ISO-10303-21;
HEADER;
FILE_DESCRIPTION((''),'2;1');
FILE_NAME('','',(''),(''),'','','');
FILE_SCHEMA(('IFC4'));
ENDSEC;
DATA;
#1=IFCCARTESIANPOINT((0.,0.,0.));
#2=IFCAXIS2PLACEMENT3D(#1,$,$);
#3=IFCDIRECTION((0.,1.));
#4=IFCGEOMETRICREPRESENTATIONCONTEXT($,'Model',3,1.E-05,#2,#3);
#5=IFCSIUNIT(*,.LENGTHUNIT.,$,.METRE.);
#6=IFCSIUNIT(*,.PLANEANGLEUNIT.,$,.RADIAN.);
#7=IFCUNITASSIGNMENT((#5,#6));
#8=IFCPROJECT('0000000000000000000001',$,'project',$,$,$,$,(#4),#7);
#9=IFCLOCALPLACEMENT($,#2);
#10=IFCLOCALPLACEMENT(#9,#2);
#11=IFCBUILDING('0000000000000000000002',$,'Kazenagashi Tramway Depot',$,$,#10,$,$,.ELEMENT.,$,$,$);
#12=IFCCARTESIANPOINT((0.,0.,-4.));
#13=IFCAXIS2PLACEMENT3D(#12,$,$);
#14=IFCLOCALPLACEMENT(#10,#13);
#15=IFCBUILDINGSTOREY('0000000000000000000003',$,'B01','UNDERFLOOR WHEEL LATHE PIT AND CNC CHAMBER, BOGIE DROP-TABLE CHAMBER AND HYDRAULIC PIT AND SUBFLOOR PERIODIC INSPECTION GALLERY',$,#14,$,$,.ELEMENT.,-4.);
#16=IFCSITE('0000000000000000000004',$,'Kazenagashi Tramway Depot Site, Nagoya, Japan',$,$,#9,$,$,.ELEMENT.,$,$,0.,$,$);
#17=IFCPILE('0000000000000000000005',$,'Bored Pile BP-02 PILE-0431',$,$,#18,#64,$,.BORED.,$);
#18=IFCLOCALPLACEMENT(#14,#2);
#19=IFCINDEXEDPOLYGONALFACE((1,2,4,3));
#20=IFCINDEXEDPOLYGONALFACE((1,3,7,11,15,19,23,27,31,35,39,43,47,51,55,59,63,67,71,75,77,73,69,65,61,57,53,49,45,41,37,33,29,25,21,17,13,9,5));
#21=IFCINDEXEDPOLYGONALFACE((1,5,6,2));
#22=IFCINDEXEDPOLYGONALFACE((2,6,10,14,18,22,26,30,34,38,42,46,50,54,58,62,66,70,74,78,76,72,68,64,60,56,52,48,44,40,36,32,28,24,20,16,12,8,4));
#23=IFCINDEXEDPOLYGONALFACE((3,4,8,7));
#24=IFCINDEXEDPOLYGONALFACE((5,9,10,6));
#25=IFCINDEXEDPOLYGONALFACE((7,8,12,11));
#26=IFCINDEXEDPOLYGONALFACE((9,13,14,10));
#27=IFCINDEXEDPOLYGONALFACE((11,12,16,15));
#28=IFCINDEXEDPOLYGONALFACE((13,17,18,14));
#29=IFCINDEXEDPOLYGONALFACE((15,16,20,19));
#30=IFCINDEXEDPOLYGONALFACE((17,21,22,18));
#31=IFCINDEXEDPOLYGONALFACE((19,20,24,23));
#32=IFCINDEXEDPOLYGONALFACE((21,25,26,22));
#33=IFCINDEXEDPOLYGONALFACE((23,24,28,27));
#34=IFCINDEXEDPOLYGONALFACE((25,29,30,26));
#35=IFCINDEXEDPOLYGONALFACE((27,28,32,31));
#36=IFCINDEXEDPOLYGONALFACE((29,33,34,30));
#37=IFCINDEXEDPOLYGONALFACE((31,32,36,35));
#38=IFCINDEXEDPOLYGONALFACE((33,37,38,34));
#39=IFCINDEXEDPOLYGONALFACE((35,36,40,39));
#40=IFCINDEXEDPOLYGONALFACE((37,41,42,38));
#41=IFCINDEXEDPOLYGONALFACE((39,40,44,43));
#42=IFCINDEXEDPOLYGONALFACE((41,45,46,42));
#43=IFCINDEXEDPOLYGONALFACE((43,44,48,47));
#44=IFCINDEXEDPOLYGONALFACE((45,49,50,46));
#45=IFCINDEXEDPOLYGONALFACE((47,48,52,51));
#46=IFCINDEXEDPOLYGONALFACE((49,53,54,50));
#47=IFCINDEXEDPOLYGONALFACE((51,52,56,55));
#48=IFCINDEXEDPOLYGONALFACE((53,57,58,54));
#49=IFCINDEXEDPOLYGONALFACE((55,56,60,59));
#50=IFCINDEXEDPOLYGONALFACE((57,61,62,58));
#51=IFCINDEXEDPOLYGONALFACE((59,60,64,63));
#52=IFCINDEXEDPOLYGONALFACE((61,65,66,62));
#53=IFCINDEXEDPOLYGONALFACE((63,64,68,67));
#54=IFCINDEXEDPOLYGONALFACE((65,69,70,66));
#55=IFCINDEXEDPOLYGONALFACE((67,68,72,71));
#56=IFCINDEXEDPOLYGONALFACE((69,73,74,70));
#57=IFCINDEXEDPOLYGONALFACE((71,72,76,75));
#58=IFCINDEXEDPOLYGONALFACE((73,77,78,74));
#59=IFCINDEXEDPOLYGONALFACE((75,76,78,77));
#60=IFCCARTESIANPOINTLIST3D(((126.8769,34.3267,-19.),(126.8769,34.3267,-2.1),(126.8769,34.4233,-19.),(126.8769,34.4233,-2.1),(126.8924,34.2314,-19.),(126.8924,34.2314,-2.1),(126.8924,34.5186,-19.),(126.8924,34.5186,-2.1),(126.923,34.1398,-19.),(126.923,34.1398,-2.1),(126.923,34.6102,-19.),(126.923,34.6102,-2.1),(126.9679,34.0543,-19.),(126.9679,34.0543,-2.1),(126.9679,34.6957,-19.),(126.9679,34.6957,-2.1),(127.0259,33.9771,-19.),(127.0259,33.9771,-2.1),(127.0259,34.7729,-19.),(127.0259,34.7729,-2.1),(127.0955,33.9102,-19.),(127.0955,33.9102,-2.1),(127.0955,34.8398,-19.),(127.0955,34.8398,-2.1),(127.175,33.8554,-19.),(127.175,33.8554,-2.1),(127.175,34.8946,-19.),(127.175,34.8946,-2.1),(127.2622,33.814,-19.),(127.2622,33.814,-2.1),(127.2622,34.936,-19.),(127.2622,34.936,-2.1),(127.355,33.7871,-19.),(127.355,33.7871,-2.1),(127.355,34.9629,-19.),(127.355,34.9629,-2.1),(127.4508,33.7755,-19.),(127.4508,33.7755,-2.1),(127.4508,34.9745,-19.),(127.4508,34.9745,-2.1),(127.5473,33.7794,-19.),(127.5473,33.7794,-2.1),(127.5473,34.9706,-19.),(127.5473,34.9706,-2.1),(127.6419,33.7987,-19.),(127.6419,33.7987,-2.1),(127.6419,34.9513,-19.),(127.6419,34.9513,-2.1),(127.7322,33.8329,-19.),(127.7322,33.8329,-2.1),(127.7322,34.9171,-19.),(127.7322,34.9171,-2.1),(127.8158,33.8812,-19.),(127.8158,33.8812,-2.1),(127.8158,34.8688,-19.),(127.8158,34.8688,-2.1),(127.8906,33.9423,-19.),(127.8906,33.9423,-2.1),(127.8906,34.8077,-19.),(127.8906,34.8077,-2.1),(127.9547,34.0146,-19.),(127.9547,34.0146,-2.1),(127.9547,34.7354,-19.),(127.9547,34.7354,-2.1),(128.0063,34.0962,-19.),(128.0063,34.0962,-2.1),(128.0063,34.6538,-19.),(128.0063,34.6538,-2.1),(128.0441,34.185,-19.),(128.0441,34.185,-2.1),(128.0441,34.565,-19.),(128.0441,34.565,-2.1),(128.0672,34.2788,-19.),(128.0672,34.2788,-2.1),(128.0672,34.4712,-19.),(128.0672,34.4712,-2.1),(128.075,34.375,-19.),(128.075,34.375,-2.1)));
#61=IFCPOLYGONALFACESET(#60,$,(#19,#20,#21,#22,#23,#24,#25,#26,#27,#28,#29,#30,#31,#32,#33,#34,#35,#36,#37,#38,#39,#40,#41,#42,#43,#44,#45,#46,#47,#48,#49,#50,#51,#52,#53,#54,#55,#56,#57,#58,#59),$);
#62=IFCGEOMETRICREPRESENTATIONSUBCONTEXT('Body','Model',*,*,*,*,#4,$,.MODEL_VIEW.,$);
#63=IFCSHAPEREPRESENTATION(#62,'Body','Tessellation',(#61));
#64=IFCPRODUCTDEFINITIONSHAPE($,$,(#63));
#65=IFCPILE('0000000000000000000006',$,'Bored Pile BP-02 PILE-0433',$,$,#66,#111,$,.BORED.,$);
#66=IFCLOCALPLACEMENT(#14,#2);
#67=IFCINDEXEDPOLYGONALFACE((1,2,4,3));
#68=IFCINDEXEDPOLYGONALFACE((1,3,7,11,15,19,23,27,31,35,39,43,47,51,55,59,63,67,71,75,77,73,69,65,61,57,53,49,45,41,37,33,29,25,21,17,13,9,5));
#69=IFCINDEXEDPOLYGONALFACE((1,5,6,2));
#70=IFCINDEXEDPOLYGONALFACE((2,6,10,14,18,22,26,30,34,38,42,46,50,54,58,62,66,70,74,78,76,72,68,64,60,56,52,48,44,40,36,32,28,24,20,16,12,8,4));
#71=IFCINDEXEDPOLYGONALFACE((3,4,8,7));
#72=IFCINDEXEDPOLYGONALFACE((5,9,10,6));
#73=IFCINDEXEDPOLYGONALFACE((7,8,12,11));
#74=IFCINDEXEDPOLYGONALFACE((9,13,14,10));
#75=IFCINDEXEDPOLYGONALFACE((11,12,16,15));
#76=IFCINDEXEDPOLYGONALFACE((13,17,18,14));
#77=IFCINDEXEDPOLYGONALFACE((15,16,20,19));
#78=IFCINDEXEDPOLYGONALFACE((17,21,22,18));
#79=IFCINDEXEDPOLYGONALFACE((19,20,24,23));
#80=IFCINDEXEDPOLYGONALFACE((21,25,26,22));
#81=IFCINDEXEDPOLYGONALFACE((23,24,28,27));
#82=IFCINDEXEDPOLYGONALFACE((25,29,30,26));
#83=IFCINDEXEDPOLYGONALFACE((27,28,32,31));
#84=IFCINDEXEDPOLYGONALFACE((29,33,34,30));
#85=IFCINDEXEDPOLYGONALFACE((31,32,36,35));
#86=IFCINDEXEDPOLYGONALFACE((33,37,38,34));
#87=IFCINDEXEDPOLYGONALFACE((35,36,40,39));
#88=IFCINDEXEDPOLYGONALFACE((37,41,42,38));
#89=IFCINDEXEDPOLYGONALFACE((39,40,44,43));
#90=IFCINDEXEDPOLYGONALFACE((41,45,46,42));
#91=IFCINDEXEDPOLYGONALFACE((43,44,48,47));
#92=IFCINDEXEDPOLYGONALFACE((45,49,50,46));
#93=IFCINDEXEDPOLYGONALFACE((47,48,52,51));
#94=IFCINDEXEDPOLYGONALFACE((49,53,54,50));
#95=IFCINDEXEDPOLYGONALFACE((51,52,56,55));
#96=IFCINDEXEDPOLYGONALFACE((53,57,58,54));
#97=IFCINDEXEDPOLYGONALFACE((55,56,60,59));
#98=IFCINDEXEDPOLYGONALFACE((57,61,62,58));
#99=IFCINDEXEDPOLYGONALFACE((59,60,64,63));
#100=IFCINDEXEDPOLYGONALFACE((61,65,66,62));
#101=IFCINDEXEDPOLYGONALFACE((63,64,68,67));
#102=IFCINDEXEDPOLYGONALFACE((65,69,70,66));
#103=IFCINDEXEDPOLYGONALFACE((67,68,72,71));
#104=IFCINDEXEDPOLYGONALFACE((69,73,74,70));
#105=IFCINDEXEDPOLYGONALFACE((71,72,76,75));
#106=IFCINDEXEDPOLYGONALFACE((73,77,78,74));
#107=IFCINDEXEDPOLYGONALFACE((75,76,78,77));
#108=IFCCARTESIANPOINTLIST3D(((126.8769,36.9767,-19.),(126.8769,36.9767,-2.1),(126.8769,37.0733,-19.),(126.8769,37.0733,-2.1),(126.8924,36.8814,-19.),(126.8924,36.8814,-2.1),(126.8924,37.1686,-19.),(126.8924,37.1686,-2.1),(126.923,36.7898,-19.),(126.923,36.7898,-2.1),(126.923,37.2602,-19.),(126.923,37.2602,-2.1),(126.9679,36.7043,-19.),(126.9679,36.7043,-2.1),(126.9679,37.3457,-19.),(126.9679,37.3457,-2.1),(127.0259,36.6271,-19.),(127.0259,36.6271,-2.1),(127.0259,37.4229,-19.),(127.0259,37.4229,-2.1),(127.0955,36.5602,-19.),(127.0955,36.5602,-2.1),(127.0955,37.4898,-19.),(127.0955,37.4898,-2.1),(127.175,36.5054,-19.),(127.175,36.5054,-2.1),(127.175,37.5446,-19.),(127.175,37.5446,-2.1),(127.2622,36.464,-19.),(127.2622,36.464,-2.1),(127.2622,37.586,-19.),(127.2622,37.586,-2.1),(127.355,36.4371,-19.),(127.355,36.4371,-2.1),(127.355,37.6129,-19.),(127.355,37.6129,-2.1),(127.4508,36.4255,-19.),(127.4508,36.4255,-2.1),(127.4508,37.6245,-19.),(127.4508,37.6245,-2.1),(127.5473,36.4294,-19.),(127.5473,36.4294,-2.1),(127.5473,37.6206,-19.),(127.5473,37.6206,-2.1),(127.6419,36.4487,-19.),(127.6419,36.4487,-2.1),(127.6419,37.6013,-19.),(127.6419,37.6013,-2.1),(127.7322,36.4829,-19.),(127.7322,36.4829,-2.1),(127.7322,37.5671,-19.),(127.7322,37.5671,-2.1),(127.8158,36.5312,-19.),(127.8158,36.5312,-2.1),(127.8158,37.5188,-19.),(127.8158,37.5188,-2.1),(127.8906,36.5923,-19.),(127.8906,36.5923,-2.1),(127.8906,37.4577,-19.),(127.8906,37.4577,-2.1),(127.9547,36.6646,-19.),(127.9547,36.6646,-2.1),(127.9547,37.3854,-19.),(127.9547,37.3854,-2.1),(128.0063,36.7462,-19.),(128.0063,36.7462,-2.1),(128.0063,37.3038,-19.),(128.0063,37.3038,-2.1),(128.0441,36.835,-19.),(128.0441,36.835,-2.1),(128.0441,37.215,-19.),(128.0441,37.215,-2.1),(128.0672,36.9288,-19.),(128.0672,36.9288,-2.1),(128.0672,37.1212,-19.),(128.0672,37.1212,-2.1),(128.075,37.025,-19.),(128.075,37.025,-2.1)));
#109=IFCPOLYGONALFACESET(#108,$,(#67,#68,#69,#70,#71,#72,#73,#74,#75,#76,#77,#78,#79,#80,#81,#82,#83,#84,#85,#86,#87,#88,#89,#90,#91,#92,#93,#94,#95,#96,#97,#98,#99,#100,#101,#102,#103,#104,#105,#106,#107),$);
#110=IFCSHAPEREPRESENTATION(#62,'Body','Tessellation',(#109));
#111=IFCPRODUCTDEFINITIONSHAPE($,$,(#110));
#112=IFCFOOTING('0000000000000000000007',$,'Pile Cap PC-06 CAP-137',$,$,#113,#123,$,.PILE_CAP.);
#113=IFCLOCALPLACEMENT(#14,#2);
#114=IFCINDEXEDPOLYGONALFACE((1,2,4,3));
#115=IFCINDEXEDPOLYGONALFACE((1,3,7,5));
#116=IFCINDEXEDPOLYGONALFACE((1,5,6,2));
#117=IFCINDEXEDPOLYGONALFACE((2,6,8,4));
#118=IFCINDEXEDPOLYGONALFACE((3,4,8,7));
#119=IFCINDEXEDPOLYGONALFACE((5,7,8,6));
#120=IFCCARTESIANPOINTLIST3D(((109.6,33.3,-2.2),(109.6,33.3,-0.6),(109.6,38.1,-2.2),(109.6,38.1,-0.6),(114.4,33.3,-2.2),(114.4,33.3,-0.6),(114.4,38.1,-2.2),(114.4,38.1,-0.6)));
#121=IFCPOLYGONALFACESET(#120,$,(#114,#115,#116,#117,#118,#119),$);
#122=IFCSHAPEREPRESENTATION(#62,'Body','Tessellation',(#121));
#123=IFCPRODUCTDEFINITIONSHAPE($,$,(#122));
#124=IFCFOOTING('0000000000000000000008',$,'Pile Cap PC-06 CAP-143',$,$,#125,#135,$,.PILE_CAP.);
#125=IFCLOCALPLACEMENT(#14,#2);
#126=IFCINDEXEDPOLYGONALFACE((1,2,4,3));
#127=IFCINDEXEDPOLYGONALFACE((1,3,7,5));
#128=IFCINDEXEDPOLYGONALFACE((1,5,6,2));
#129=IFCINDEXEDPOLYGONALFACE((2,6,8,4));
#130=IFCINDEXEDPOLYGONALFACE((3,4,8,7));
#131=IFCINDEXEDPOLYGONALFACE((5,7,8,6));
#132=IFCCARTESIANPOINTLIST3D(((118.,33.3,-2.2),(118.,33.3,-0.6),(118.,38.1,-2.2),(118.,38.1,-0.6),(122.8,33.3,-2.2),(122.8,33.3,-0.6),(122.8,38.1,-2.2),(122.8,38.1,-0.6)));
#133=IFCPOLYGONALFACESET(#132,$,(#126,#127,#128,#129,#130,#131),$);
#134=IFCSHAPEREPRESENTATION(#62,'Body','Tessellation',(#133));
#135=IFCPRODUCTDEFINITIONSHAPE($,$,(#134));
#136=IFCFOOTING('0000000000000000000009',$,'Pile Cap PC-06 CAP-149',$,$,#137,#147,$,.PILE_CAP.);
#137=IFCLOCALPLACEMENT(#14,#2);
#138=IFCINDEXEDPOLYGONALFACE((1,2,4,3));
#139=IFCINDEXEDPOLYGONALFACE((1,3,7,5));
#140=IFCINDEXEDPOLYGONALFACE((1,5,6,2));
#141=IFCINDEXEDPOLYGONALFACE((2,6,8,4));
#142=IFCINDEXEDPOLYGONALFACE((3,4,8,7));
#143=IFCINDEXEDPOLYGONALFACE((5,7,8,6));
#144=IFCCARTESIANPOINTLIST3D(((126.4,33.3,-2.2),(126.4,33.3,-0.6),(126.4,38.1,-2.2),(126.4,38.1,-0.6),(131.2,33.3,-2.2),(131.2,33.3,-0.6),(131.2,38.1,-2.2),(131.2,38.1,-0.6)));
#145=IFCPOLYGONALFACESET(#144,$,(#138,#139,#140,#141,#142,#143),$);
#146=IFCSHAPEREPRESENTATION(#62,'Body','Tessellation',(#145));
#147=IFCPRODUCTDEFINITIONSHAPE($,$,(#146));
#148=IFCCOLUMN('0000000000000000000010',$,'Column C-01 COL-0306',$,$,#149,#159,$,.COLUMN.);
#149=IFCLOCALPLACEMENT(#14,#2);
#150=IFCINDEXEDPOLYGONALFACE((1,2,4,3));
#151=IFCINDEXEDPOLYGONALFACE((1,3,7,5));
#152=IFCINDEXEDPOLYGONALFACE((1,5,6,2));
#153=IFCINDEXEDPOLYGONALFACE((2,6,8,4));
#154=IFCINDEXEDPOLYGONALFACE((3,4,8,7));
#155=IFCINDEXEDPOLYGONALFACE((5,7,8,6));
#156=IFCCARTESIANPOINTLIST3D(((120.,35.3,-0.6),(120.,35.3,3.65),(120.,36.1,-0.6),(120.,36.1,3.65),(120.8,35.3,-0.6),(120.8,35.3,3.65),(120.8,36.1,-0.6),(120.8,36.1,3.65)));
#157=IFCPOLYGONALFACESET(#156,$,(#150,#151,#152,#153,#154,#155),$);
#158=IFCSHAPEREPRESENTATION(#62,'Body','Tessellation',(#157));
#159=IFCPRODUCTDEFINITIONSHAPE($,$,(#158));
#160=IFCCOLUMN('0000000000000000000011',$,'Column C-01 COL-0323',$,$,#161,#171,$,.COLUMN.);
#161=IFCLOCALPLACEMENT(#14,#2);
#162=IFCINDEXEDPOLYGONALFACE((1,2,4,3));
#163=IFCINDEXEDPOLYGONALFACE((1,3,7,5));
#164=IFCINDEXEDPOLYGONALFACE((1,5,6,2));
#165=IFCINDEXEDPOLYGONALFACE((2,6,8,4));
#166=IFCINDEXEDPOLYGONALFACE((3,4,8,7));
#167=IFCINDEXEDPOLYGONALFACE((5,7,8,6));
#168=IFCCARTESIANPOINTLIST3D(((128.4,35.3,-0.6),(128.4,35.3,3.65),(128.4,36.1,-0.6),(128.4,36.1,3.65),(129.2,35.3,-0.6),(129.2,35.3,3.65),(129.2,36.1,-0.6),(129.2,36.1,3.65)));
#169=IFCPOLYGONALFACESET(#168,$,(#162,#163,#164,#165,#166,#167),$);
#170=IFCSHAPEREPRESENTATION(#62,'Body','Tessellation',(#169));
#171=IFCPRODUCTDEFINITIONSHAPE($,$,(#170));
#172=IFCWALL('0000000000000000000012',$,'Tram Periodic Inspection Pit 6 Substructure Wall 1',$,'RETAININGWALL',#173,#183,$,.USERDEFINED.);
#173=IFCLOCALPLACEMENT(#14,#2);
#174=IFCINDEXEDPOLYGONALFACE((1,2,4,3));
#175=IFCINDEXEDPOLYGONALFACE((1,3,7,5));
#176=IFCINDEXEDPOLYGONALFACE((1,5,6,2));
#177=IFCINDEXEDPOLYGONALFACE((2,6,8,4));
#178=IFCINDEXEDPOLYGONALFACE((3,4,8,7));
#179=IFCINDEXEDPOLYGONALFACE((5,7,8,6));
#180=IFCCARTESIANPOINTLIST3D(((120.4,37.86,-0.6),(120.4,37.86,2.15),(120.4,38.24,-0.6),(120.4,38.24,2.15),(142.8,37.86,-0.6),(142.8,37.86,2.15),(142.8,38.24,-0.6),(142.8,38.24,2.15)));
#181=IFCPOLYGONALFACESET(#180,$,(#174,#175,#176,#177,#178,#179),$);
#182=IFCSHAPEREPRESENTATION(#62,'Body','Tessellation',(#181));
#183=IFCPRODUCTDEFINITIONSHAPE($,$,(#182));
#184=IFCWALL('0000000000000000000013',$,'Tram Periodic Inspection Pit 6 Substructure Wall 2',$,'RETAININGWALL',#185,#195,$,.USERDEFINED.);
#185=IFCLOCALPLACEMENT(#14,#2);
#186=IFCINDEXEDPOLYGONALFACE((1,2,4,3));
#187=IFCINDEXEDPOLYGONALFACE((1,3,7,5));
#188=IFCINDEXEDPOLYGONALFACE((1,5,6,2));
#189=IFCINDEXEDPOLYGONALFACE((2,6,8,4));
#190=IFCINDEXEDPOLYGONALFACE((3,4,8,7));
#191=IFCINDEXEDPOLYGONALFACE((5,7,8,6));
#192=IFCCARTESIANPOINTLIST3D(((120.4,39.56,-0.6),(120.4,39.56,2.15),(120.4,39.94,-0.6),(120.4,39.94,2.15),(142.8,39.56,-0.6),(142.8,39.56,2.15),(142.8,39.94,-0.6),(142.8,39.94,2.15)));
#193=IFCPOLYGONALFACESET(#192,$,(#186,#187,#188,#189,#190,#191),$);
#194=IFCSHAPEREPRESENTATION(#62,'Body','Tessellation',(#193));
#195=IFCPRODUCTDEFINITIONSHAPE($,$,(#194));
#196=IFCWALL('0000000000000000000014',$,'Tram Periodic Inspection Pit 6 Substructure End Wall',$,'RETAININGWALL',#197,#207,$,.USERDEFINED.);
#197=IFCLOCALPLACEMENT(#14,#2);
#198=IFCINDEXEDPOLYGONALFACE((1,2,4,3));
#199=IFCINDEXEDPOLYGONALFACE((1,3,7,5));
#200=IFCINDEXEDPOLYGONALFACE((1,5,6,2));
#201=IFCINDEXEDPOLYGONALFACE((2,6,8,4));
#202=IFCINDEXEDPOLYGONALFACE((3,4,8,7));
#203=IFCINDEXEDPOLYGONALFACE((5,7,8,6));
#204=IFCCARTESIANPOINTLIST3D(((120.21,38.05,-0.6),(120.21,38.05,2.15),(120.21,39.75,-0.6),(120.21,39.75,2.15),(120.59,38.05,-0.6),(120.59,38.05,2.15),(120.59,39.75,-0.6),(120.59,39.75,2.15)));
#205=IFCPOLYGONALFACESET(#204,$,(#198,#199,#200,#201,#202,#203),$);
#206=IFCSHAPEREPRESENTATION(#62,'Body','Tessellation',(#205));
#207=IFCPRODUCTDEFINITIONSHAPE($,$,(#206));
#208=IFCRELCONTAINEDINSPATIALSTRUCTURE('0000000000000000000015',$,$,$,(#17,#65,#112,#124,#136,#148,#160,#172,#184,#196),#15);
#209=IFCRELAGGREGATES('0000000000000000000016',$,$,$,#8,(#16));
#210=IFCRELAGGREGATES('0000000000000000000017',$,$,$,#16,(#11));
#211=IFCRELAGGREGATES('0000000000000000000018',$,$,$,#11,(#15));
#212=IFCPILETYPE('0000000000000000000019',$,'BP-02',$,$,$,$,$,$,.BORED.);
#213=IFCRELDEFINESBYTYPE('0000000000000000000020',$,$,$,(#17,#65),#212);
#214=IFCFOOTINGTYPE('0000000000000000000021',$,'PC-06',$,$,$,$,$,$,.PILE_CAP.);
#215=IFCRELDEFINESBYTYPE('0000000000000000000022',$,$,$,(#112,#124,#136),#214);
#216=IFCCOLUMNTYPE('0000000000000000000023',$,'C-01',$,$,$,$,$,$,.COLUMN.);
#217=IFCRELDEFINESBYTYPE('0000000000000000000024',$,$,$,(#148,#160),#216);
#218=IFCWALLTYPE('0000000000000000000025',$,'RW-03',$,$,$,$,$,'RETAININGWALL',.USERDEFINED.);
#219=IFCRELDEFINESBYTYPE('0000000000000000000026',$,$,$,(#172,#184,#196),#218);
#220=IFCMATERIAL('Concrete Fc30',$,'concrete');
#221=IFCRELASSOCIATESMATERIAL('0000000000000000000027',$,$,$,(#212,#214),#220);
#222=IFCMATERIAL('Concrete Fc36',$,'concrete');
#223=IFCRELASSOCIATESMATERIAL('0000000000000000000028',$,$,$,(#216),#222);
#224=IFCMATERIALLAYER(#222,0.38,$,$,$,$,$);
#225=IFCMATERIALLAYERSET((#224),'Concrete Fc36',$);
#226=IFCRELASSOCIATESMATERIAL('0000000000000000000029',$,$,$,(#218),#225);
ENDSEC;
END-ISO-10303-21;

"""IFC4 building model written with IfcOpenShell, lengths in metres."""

from ifc_helpers import new_model, si_unit, direction, frame, frame_2d, origin, origin_2d, place, context, subcontext, project, spatial, rectangle, circle, extrude, material, layer, layer_set, material_profile, profile_set, type_object, element, save


model = new_model("IFC4")

# Units and contexts
model_context = context("Model", 3, precision=1e-05, world=origin(), true_north=direction((0.0, 1.0)))
body_context = subcontext(model_context, "Body", "Model", "MODEL_VIEW")
ifc_project = project(units=[si_unit("LENGTHUNIT", "METRE"), si_unit("PLANEANGLEUNIT", "RADIAN")], contexts=[model_context])

# Site, building, storey
site_placement = place(None, origin())
site = spatial("IfcSite", under=ifc_project, at=site_placement, Name="Kazenagashi Tramway Depot Site, Nagoya, Japan", CompositionType="ELEMENT", RefElevation=0.0)
building_placement = place(site_placement, origin())
building = spatial("IfcBuilding", under=site, at=building_placement, Name="Kazenagashi Tramway Depot", CompositionType="ELEMENT")
storey_placement = place(building_placement, frame((0.0, 0.0, -4.0)))
storey = spatial("IfcBuildingStorey", under=building, at=storey_placement, Name="B01", Description="UNDERFLOOR WHEEL LATHE PIT AND CNC CHAMBER, BOGIE DROP-TABLE CHAMBER AND HYDRAULIC PIT AND SUBFLOOR PERIODIC INSPECTION GALLERY", CompositionType="ELEMENT", Elevation=-4.0)

# Piles
ifc_material_1 = material(Name="Concrete Fc30", Category="concrete")
ifc_material_profile_1 = material_profile(ifc_material_1, circle(Radius=0.6, at=origin_2d()), Name="PILE-1200")
ifc_profile_set_1 = profile_set([ifc_material_profile_1], Name="Concrete Fc30")
pile_type = type_object("IfcPileType", Name="BP-02", PredefinedType="BORED", material=ifc_profile_set_1)
for number, where, z_axis, x_axis, name in (
    (1, (127.475, 34.375, -2.1), (0.0, 0.0, -1.0), (1.0, 0.0, 0.0), "Bored Pile BP-02 PILE-0431"),
    (2, (127.475, 37.025, -2.1), (0.0, 0.0, -1.0), (1.0, 0.0, 0.0), "Bored Pile BP-02 PILE-0433"),
):
    element("IfcPile", number, at=place(storey_placement, frame(where, z_axis=z_axis, x_axis=x_axis)), inside=storey, type_object=pile_type, Name=name, PredefinedType="BORED", context=body_context, shape_type="SweptSolid", body=[
        extrude(circle(Radius=0.6, at=origin_2d()), origin(), (0.0, 0.0, 1.0), 16.9),
    ])

# Footings
footing_type = type_object("IfcFootingType", Name="PC-06", PredefinedType="PILE_CAP", material=ifc_material_1)
for number, where, z_axis, x_axis, name in (
    (3, (112.0, 35.7, -2.2), (0.0, 0.0, 1.0), (1.0, 0.0, 0.0), "Pile Cap PC-06 CAP-137"),
    (4, (120.4, 35.7, -2.2), (0.0, 0.0, 1.0), (1.0, 0.0, 0.0), "Pile Cap PC-06 CAP-143"),
    (5, (128.8, 35.7, -2.2), (0.0, 0.0, 1.0), (1.0, 0.0, 0.0), "Pile Cap PC-06 CAP-149"),
):
    element("IfcFooting", number, at=place(storey_placement, frame(where, z_axis=z_axis, x_axis=x_axis)), inside=storey, type_object=footing_type, Name=name, PredefinedType="PILE_CAP", context=body_context, shape_type="SweptSolid", body=[
        extrude(rectangle(XDim=4.8, YDim=4.8, at=origin_2d()), origin(), (0.0, 0.0, 1.0), 1.6),
    ])

# Columns
ifc_material_2 = material(Name="Concrete Fc36", Category="concrete")
ifc_material_profile_2 = material_profile(ifc_material_2, rectangle(XDim=0.8, YDim=0.8, at=origin_2d()), Name="RC-800x800")
ifc_profile_set_2 = profile_set([ifc_material_profile_2], Name="Concrete Fc36")
column_type = type_object("IfcColumnType", Name="C-01", PredefinedType="COLUMN", material=ifc_profile_set_2)
for number, where, z_axis, x_axis, name in (
    (6, (120.4, 35.7, -0.6), (0.0, 0.0, 1.0), (1.0, 0.0, 0.0), "Column C-01 COL-0306"),
    (7, (128.8, 35.7, -0.6), (0.0, 0.0, 1.0), (1.0, 0.0, 0.0), "Column C-01 COL-0323"),
):
    element("IfcColumn", number, at=place(storey_placement, frame(where, z_axis=z_axis, x_axis=x_axis)), inside=storey, type_object=column_type, Name=name, PredefinedType="COLUMN", context=body_context, shape_type="SweptSolid", body=[
        extrude(rectangle(XDim=0.8, YDim=0.8, at=origin_2d()), origin(), (0.0, 0.0, 1.0), 4.25),
    ])

# Walls
ifc_layer_1 = layer(ifc_material_2, 0.38)
ifc_layer_set_1 = layer_set([ifc_layer_1], Name="Concrete Fc36")
wall_type_1 = type_object("IfcWallType", Name="RW-03", ElementType="RETAININGWALL", PredefinedType="USERDEFINED", material=ifc_layer_set_1)
for number, where, z_axis, x_axis, name in (
    (8, (120.4, 38.05, -0.6), (0.0, 0.0, 1.0), (1.0, 0.0, 0.0), "Tram Periodic Inspection Pit 6 Substructure Wall 1"),
    (9, (120.4, 39.75, -0.6), (0.0, 0.0, 1.0), (1.0, 0.0, 0.0), "Tram Periodic Inspection Pit 6 Substructure Wall 2"),
):
    element("IfcWall", number, at=place(storey_placement, frame(where, z_axis=z_axis, x_axis=x_axis)), inside=storey, type_object=wall_type_1, Name=name, ObjectType="RETAININGWALL", PredefinedType="USERDEFINED", context=body_context, shape_type="SweptSolid", body=[
        extrude(rectangle(XDim=22.4, YDim=0.38, at=frame_2d((11.2, 0.0))), origin(), (0.0, 0.0, 1.0), 2.75),
    ])
wall_1_placement = place(storey_placement, frame((120.4, 38.05, -0.6), z_axis=(0.0, 0.0, 1.0), x_axis=(0.0, 1.0, 0.0)))
element("IfcWall", 10, at=wall_1_placement, inside=storey, type_object=wall_type_1, Name="Tram Periodic Inspection Pit 6 Substructure End Wall", ObjectType="RETAININGWALL", PredefinedType="USERDEFINED", context=body_context, shape_type="SweptSolid", body=[
    extrude(rectangle(XDim=1.7, YDim=0.38, at=frame_2d((0.85, 0.0))), origin(), (0.0, 0.0, 1.0), 2.75),
])

save(model, "model.ifc")
